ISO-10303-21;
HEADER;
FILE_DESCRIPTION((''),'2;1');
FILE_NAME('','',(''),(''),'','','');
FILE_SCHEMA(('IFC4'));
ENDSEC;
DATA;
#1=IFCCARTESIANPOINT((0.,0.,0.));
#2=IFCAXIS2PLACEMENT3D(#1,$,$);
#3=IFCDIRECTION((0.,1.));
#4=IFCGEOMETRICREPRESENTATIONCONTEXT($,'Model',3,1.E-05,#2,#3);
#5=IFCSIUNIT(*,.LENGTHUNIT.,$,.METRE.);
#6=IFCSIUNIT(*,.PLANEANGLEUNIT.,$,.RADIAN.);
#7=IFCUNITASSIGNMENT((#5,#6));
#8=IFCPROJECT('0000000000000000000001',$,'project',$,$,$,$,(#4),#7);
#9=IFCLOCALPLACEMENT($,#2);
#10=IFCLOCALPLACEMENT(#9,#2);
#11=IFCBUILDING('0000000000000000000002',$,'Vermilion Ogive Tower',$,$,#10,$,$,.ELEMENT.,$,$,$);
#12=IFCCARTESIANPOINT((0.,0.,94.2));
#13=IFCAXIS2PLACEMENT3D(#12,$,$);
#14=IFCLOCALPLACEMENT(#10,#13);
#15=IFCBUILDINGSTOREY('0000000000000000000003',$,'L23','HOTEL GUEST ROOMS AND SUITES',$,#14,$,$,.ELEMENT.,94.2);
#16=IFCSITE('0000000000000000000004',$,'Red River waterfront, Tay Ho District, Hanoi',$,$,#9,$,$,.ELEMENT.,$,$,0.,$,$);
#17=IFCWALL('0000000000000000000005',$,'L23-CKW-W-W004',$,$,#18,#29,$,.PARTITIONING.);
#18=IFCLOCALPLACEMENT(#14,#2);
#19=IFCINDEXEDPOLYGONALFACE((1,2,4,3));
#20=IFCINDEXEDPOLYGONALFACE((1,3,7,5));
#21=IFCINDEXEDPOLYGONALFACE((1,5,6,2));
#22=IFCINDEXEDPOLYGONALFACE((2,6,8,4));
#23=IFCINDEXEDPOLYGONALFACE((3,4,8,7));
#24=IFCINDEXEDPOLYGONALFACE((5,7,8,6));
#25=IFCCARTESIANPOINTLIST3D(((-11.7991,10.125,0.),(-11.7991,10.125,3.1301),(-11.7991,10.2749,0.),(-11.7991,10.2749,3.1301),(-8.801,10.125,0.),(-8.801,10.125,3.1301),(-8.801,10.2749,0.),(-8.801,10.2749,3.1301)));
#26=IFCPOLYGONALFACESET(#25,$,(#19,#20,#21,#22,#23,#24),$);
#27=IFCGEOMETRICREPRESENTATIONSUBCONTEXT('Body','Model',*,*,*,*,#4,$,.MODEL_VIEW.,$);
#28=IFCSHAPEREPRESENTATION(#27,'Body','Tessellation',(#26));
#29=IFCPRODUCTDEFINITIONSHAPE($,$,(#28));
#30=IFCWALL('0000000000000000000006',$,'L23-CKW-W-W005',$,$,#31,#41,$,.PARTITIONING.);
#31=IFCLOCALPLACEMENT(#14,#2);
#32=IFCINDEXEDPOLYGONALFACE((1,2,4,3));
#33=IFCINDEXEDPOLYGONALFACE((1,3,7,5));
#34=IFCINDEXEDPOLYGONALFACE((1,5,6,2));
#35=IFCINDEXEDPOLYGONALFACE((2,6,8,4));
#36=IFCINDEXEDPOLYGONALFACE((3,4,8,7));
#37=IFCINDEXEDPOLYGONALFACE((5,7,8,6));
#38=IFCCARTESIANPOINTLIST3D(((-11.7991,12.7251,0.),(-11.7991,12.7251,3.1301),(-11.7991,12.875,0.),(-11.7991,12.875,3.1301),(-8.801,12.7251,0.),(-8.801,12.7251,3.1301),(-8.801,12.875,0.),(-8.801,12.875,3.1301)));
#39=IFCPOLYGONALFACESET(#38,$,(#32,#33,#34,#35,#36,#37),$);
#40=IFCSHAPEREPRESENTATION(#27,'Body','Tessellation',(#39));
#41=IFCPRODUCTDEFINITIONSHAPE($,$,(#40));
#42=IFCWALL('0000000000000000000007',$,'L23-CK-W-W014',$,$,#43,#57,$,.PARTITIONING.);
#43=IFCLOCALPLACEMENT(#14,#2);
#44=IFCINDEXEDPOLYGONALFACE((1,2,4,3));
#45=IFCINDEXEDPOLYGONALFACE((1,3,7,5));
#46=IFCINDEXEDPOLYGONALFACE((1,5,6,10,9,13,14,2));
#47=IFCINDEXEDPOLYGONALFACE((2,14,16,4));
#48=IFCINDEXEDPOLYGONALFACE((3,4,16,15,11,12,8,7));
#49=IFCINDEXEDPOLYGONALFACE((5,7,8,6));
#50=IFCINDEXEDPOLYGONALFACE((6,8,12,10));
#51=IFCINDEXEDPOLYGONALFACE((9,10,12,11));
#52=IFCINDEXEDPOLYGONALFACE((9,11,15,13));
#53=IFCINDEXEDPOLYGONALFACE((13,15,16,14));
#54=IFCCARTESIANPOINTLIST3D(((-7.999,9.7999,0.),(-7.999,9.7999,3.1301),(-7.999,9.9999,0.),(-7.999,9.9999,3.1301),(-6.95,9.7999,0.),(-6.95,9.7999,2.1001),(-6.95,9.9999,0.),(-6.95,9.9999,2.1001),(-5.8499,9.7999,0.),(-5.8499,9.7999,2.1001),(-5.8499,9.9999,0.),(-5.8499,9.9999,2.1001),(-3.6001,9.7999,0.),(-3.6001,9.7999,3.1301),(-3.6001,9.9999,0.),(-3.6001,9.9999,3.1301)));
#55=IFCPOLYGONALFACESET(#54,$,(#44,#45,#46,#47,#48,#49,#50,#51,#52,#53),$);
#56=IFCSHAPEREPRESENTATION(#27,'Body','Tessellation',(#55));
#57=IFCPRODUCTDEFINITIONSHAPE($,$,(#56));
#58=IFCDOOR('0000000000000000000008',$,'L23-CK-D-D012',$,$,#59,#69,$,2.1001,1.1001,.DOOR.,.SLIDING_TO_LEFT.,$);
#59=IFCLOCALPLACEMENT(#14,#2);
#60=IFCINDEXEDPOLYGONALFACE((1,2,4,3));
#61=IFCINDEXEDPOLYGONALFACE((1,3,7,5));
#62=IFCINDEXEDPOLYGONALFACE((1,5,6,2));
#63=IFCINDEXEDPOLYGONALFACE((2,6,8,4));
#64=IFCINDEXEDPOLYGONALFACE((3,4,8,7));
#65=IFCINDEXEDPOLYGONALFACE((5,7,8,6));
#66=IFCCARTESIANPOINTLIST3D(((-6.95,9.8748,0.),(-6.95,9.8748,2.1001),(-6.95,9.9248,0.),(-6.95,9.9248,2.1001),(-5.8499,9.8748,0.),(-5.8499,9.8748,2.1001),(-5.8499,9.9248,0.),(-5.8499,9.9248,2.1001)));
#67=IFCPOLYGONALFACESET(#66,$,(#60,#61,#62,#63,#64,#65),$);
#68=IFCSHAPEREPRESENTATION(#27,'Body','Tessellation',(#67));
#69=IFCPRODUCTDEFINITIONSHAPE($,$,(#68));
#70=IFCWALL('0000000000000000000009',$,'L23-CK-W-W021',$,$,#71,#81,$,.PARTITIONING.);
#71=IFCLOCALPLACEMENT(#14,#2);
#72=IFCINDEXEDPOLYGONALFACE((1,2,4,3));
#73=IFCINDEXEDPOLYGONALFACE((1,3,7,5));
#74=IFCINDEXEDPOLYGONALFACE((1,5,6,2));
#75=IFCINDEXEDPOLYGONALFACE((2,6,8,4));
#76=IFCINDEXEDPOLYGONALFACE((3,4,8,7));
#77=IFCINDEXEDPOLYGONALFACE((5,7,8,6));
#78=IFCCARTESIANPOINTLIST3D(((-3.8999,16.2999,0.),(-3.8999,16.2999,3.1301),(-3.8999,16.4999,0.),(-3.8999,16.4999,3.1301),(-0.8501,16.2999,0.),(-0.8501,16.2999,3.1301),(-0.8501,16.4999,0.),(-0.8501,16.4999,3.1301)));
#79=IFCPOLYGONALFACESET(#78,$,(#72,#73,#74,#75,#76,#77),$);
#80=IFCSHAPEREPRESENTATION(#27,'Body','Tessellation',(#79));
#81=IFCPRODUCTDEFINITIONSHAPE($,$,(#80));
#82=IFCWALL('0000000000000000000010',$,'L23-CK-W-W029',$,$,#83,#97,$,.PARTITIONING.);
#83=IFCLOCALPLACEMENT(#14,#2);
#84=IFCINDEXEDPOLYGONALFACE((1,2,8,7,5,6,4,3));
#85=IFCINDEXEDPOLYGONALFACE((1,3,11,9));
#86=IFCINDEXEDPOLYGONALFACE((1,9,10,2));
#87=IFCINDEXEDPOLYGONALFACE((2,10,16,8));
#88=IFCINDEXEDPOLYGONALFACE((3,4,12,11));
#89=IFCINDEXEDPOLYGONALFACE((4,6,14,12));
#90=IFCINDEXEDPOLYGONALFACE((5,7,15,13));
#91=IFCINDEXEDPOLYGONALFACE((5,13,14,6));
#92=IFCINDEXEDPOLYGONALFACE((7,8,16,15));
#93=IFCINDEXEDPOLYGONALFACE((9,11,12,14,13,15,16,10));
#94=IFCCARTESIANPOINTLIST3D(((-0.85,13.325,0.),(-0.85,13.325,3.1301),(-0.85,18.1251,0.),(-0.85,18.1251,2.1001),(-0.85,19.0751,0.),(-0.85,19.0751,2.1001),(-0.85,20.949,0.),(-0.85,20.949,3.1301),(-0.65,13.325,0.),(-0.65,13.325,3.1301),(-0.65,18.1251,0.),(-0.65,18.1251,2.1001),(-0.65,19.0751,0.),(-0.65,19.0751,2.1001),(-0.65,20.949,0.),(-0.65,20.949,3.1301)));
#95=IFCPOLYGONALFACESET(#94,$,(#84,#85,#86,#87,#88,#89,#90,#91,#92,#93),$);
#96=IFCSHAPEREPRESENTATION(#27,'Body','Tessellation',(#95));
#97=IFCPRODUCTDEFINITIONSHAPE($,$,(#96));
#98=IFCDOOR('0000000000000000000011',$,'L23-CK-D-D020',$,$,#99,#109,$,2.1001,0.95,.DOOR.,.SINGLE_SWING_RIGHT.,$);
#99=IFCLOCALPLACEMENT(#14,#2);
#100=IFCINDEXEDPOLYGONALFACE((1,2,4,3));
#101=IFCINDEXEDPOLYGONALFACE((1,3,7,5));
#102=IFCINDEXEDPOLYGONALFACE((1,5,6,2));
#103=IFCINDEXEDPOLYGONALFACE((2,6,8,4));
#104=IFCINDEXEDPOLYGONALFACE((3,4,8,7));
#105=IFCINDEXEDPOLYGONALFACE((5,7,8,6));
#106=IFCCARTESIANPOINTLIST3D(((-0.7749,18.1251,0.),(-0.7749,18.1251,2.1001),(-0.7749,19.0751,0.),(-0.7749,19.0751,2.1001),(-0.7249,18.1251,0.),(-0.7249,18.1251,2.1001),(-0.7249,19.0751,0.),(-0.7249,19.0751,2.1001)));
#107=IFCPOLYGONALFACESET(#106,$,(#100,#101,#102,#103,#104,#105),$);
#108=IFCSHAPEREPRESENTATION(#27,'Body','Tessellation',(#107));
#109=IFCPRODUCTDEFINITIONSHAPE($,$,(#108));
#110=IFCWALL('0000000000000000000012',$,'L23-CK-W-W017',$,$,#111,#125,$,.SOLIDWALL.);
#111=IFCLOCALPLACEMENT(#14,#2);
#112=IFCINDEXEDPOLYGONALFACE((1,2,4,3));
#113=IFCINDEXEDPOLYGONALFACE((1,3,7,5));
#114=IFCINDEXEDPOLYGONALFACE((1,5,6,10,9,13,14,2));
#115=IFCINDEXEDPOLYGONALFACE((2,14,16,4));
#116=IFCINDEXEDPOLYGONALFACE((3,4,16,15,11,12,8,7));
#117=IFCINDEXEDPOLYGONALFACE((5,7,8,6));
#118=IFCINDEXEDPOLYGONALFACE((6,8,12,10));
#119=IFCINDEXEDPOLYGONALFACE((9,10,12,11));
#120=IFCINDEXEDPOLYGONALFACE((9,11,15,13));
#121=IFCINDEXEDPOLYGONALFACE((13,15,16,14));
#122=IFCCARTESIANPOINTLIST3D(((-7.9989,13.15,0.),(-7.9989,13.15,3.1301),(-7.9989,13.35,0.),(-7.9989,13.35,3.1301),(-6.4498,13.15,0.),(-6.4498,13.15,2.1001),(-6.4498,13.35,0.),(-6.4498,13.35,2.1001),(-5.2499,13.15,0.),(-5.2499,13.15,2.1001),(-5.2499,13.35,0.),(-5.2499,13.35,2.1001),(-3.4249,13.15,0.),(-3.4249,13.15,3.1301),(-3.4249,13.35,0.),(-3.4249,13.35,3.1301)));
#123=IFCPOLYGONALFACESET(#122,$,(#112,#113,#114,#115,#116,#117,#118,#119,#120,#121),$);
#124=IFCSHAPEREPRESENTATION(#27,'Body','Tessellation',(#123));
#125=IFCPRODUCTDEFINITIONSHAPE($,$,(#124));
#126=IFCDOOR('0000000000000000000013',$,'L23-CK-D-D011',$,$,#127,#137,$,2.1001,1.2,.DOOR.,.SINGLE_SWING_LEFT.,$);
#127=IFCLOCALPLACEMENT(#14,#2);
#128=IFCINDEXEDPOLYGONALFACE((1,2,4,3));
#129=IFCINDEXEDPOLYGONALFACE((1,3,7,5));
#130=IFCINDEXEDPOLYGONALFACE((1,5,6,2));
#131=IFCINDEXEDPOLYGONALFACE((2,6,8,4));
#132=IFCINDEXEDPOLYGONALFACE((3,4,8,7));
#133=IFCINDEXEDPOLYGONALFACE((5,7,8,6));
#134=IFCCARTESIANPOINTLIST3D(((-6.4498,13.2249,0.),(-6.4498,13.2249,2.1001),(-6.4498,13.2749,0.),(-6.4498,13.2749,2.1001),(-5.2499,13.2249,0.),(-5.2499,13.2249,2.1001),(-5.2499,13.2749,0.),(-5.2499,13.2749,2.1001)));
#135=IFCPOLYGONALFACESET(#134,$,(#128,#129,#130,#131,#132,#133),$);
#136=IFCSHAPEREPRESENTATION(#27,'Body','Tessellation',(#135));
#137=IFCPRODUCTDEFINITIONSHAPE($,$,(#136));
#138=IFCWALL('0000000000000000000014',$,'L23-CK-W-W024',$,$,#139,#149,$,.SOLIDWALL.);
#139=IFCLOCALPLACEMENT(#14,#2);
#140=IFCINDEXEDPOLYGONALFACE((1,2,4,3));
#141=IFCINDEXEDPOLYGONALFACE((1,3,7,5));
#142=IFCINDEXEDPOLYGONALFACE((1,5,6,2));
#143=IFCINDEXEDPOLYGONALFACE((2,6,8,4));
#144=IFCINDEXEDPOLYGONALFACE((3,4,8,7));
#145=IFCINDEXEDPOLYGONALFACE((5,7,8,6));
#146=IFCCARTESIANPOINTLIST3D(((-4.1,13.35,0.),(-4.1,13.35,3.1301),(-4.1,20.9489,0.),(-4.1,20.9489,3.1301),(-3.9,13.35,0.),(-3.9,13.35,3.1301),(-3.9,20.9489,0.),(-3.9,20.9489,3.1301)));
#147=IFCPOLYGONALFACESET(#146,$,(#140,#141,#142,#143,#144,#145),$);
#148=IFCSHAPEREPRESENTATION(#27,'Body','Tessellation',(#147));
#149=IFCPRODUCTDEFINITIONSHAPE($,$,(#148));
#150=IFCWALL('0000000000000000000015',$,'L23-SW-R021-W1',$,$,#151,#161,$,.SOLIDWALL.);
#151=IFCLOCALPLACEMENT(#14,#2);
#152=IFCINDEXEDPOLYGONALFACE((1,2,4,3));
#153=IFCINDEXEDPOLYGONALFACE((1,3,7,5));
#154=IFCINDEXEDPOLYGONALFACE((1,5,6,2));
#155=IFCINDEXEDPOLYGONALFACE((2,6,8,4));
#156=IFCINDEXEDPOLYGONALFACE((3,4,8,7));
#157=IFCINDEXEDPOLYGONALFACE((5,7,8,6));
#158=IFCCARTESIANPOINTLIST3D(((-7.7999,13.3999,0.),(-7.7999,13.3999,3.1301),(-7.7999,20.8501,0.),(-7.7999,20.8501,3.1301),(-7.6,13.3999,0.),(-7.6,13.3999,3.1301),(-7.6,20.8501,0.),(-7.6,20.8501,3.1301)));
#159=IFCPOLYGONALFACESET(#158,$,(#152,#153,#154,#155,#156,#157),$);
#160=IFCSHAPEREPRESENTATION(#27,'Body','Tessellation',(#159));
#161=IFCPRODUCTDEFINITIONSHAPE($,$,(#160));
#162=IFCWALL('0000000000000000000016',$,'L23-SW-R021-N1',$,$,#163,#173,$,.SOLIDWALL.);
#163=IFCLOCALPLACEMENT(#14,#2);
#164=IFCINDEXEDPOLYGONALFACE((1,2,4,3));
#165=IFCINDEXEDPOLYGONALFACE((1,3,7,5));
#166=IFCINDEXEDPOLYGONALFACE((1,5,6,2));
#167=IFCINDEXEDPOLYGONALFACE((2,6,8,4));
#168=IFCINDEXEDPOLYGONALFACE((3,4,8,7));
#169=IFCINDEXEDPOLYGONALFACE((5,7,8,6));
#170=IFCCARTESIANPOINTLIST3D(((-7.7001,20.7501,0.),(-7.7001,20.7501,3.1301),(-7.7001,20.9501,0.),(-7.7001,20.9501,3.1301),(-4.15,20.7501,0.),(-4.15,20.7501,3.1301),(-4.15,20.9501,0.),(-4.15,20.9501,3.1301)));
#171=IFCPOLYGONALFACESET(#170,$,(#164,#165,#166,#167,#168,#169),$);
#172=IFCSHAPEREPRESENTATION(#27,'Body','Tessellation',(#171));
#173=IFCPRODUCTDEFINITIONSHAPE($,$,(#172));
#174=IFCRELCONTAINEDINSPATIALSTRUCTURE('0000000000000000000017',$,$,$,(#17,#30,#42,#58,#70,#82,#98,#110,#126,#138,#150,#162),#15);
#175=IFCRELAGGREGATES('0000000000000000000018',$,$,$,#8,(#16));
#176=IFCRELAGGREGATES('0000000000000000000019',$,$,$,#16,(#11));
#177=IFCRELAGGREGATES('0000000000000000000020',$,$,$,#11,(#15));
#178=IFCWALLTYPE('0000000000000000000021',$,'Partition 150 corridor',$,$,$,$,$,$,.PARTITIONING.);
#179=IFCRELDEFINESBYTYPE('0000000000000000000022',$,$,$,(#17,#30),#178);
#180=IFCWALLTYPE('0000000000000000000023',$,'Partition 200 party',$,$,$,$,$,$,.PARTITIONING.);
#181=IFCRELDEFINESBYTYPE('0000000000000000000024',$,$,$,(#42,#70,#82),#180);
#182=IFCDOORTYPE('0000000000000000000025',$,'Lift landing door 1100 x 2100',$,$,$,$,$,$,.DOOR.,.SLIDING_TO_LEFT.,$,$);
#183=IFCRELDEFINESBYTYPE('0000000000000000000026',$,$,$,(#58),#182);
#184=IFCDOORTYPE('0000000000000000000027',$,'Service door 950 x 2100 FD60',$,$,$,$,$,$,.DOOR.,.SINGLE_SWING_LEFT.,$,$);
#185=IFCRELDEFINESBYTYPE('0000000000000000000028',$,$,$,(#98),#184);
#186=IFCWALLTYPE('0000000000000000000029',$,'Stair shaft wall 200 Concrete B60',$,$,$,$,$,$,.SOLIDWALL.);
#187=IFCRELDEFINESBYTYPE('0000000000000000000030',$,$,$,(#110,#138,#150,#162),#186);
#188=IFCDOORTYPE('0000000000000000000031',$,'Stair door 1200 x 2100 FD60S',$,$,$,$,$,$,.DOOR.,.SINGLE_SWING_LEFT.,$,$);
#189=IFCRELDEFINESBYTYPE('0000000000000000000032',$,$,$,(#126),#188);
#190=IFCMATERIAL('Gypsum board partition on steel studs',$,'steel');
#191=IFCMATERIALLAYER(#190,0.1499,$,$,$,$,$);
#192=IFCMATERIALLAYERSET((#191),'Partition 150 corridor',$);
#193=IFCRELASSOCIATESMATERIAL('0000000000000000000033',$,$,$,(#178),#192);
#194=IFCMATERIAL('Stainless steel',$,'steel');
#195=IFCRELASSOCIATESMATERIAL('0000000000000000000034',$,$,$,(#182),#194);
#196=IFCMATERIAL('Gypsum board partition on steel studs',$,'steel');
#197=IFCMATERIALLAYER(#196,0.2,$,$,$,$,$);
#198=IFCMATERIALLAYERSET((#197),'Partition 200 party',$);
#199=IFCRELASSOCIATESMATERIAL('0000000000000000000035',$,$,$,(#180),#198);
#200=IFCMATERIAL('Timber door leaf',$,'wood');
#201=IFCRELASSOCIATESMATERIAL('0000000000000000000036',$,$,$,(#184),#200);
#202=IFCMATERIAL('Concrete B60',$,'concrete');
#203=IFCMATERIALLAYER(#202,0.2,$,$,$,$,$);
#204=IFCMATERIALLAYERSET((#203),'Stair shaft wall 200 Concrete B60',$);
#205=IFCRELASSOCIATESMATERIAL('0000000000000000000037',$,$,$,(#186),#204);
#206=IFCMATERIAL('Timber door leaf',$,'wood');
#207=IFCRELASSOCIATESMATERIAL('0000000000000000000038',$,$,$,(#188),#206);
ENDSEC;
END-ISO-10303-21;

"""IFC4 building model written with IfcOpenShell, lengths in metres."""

from ifc_helpers import new_model, si_unit, direction, frame, frame_2d, origin, place, context, subcontext, project, spatial, rectangle, extrude, material, layer, layer_set, type_object, element, fill, save


model = new_model("IFC4")

# Units and contexts
model_context = context("Model", 3, precision=1e-05, world=origin(), true_north=direction((0.0, 1.0)))
body_context = subcontext(model_context, "Body", "Model", "MODEL_VIEW")
ifc_project = project(units=[si_unit("LENGTHUNIT", "METRE"), si_unit("PLANEANGLEUNIT", "RADIAN")], contexts=[model_context])

# Site, building, storey
site_placement = place(None, origin())
site = spatial("IfcSite", under=ifc_project, at=site_placement, Name="Red River waterfront, Tay Ho District, Hanoi", CompositionType="ELEMENT", RefElevation=0.0)
building_placement = place(site_placement, origin())
building = spatial("IfcBuilding", under=site, at=building_placement, Name="Vermilion Ogive Tower", CompositionType="ELEMENT")
storey_placement = place(building_placement, frame((0.0, 0.0, 94.2)))
storey = spatial("IfcBuildingStorey", under=building, at=storey_placement, Name="L23", Description="HOTEL GUEST ROOMS AND SUITES", CompositionType="ELEMENT", Elevation=94.2)

# Shared definitions
ifc_material_1 = material(Name="Gypsum board partition on steel studs", Category="steel")
ifc_layer_1 = layer(ifc_material_1, 0.1499)
ifc_layer_set_1 = layer_set([ifc_layer_1], Name="Partition 150 corridor")
wall_type_1 = type_object("IfcWallType", Name="Partition 150 corridor", PredefinedType="PARTITIONING", material=ifc_layer_set_1)

# Shared definitions
ifc_material_2 = material(Name="Stainless steel", Category="steel")
door_type_1 = type_object("IfcDoorType", Name="Lift landing door 1100 x 2100", OperationType="SLIDING_TO_LEFT", PredefinedType="DOOR", material=ifc_material_2)

# Walls
for number, where, z_axis, x_axis, name in (
    (1, (-11.7991, 10.2, 0.0), (0.0, 0.0, 1.0), (1.0, 0.0, 0.0), "L23-CKW-W-W004"),
    (2, (-11.7991, 12.8, 0.0), (0.0, 0.0, 1.0), (1.0, 0.0, 0.0), "L23-CKW-W-W005"),
):
    element("IfcWall", number, at=place(storey_placement, frame(where, z_axis=z_axis, x_axis=x_axis)), inside=storey, type_object=wall_type_1, Name=name, PredefinedType="PARTITIONING", context=body_context, shape_type="SweptSolid", body=[
        extrude(rectangle(XDim=2.998, YDim=0.1499, at=frame_2d((1.499, 0.0))), origin(), (0.0, 0.0, 1.0), 3.1301),
    ])

# Wall, opening, door
ifc_material_3 = material(Name="Gypsum board partition on steel studs", Category="steel")
ifc_layer_2 = layer(ifc_material_3, 0.2)
ifc_layer_set_2 = layer_set([ifc_layer_2], Name="Partition 200 party")
wall_type_2 = type_object("IfcWallType", Name="Partition 200 party", PredefinedType="PARTITIONING", material=ifc_layer_set_2)
wall_1_placement = place(storey_placement, frame((-7.999, 9.8999, 0.0), z_axis=(0.0, 0.0, 1.0), x_axis=(1.0, 0.0, 0.0)))
wall_1 = element("IfcWall", 3, at=wall_1_placement, inside=storey, type_object=wall_type_2, Name="L23-CK-W-W014", PredefinedType="PARTITIONING", context=body_context, shape_type="SweptSolid", body=[
    extrude(rectangle(XDim=4.3989, YDim=0.2, at=frame_2d((2.1995, 0.0))), origin(), (0.0, 0.0, 1.0), 3.1301),
])
opening_1_placement = place(wall_1_placement, frame((1.0491, 0.0, 0.0)))
opening_1 = element("IfcOpeningElement", 4, at=opening_1_placement, cuts=wall_1, PredefinedType="OPENING", context=body_context, shape_type="SweptSolid", body=[
    extrude(rectangle(XDim=1.1001, YDim=2.1001, at=frame_2d((0.55, 1.05))), frame((0.0, 0.1099, 0.0), z_axis=(0.0, -1.0, 0.0), x_axis=(1.0, 0.0, 0.0)), (0.0, 0.0, 1.0), 0.22),
])
door_1_placement = place(opening_1_placement, origin())
door_1 = element("IfcDoor", 5, at=door_1_placement, inside=storey, type_object=door_type_1, Name="L23-CK-D-D012", OperationType="SLIDING_TO_LEFT", OverallHeight=2.1001, OverallWidth=1.1001, PredefinedType="DOOR", context=body_context, shape_type="SweptSolid", body=[
    extrude(rectangle(XDim=1.1001, YDim=2.1001, at=frame_2d((0.55, 1.05))), frame((0.0, 0.0249, 0.0), z_axis=(0.0, -1.0, 0.0), x_axis=(1.0, 0.0, 0.0)), (0.0, 0.0, 1.0), 0.05),
])
fill(opening_1, door_1)

# Wall
wall_2_placement = place(storey_placement, frame((-3.8999, 16.3999, 0.0), z_axis=(0.0, 0.0, 1.0), x_axis=(1.0, 0.0, 0.0)))
element("IfcWall", 6, at=wall_2_placement, inside=storey, type_object=wall_type_2, Name="L23-CK-W-W021", PredefinedType="PARTITIONING", context=body_context, shape_type="SweptSolid", body=[
    extrude(rectangle(XDim=3.0498, YDim=0.2, at=frame_2d((1.5249, 0.0))), origin(), (0.0, 0.0, 1.0), 3.1301),
])

# Walls, openings, doors
wall_3_placement = place(storey_placement, frame((-0.75, 13.325, 0.0), z_axis=(0.0, 0.0, 1.0), x_axis=(0.0, 1.0, 0.0)))
wall_3 = element("IfcWall", 7, at=wall_3_placement, inside=storey, type_object=wall_type_2, Name="L23-CK-W-W029", PredefinedType="PARTITIONING", context=body_context, shape_type="SweptSolid", body=[
    extrude(rectangle(XDim=7.624, YDim=0.2, at=frame_2d((3.812, 0.0))), origin(), (0.0, 0.0, 1.0), 3.1301),
])
opening_2_placement = place(wall_3_placement, frame((4.8, 0.0, 0.0)))
opening_2 = element("IfcOpeningElement", 8, at=opening_2_placement, cuts=wall_3, PredefinedType="OPENING", context=body_context, shape_type="SweptSolid", body=[
    extrude(rectangle(XDim=0.95, YDim=2.1001, at=frame_2d((0.4751, 1.05))), frame((0.0, 0.1099, 0.0), z_axis=(0.0, -1.0, 0.0), x_axis=(1.0, 0.0, 0.0)), (0.0, 0.0, 1.0), 0.22),
])
ifc_material_4 = material(Name="Timber door leaf", Category="wood")
door_type_2 = type_object("IfcDoorType", Name="Service door 950 x 2100 FD60", OperationType="SINGLE_SWING_LEFT", PredefinedType="DOOR", material=ifc_material_4)
door_2_placement = place(opening_2_placement, origin())
door_2 = element("IfcDoor", 9, at=door_2_placement, inside=storey, type_object=door_type_2, Name="L23-CK-D-D020", OperationType="SINGLE_SWING_RIGHT", OverallHeight=2.1001, OverallWidth=0.95, PredefinedType="DOOR", context=body_context, shape_type="SweptSolid", body=[
    extrude(rectangle(XDim=0.95, YDim=2.1001, at=frame_2d((0.4751, 1.05))), frame((0.0, 0.0249, 0.0), z_axis=(0.0, -1.0, 0.0), x_axis=(1.0, 0.0, 0.0)), (0.0, 0.0, 1.0), 0.05),
])
fill(opening_2, door_2)
ifc_material_5 = material(Name="Concrete B60", Category="concrete")
ifc_layer_3 = layer(ifc_material_5, 0.2)
ifc_layer_set_3 = layer_set([ifc_layer_3], Name="Stair shaft wall 200 Concrete B60")
wall_type_3 = type_object("IfcWallType", Name="Stair shaft wall 200 Concrete B60", PredefinedType="SOLIDWALL", material=ifc_layer_set_3)
wall_4_placement = place(storey_placement, frame((-7.999, 13.25, 0.0), z_axis=(0.0, 0.0, 1.0), x_axis=(1.0, 0.0, 0.0)))
wall_4 = element("IfcWall", 10, at=wall_4_placement, inside=storey, type_object=wall_type_3, Name="L23-CK-W-W017", PredefinedType="SOLIDWALL", context=body_context, shape_type="SweptSolid", body=[
    extrude(rectangle(XDim=4.574, YDim=0.2, at=frame_2d((2.2871, 0.0))), origin(), (0.0, 0.0, 1.0), 3.1301),
])
opening_3_placement = place(wall_4_placement, frame((1.5491, 0.0, 0.0)))
opening_3 = element("IfcOpeningElement", 11, at=opening_3_placement, cuts=wall_4, PredefinedType="OPENING", context=body_context, shape_type="SweptSolid", body=[
    extrude(rectangle(XDim=1.2, YDim=2.1001, at=frame_2d((0.6001, 1.05))), frame((0.0, 0.1099, 0.0), z_axis=(0.0, -1.0, 0.0), x_axis=(1.0, 0.0, 0.0)), (0.0, 0.0, 1.0), 0.22),
])
ifc_material_6 = material(Name="Timber door leaf", Category="wood")
door_type_3 = type_object("IfcDoorType", Name="Stair door 1200 x 2100 FD60S", OperationType="SINGLE_SWING_LEFT", PredefinedType="DOOR", material=ifc_material_6)
door_3_placement = place(opening_3_placement, origin())
door_3 = element("IfcDoor", 12, at=door_3_placement, inside=storey, type_object=door_type_3, Name="L23-CK-D-D011", OperationType="SINGLE_SWING_LEFT", OverallHeight=2.1001, OverallWidth=1.2, PredefinedType="DOOR", context=body_context, shape_type="SweptSolid", body=[
    extrude(rectangle(XDim=1.2, YDim=2.1001, at=frame_2d((0.6001, 1.05))), frame((0.0, 0.0249, 0.0), z_axis=(0.0, -1.0, 0.0), x_axis=(1.0, 0.0, 0.0)), (0.0, 0.0, 1.0), 0.05),
])
fill(opening_3, door_3)

# Walls
wall_5_placement = place(storey_placement, frame((-4.0, 13.3501, 0.0), z_axis=(0.0, 0.0, 1.0), x_axis=(0.0, 1.0, 0.0)))
element("IfcWall", 13, at=wall_5_placement, inside=storey, type_object=wall_type_3, Name="L23-CK-W-W024", PredefinedType="SOLIDWALL", context=body_context, shape_type="SweptSolid", body=[
    extrude(rectangle(XDim=7.5989, YDim=0.2, at=frame_2d((3.7993, 0.0))), origin(), (0.0, 0.0, 1.0), 3.1301),
])
wall_6_placement = place(storey_placement, frame((-7.7, 13.3999, 0.0), z_axis=(0.0, 0.0, 1.0), x_axis=(0.0, 1.0, 0.0)))
element("IfcWall", 14, at=wall_6_placement, inside=storey, type_object=wall_type_3, Name="L23-SW-R021-W1", PredefinedType="SOLIDWALL", context=body_context, shape_type="SweptSolid", body=[
    extrude(rectangle(XDim=7.4502, YDim=0.2, at=frame_2d((3.7251, 0.0))), origin(), (0.0, 0.0, 1.0), 3.1301),
])
wall_7_placement = place(storey_placement, frame((-7.7, 20.8501, 0.0), z_axis=(0.0, 0.0, 1.0), x_axis=(1.0, 0.0, 0.0)))
element("IfcWall", 15, at=wall_7_placement, inside=storey, type_object=wall_type_3, Name="L23-SW-R021-N1", PredefinedType="SOLIDWALL", context=body_context, shape_type="SweptSolid", body=[
    extrude(rectangle(XDim=3.55, YDim=0.2, at=frame_2d((1.7749, 0.0))), origin(), (0.0, 0.0, 1.0), 3.1301),
])

save(model, "model.ifc")
